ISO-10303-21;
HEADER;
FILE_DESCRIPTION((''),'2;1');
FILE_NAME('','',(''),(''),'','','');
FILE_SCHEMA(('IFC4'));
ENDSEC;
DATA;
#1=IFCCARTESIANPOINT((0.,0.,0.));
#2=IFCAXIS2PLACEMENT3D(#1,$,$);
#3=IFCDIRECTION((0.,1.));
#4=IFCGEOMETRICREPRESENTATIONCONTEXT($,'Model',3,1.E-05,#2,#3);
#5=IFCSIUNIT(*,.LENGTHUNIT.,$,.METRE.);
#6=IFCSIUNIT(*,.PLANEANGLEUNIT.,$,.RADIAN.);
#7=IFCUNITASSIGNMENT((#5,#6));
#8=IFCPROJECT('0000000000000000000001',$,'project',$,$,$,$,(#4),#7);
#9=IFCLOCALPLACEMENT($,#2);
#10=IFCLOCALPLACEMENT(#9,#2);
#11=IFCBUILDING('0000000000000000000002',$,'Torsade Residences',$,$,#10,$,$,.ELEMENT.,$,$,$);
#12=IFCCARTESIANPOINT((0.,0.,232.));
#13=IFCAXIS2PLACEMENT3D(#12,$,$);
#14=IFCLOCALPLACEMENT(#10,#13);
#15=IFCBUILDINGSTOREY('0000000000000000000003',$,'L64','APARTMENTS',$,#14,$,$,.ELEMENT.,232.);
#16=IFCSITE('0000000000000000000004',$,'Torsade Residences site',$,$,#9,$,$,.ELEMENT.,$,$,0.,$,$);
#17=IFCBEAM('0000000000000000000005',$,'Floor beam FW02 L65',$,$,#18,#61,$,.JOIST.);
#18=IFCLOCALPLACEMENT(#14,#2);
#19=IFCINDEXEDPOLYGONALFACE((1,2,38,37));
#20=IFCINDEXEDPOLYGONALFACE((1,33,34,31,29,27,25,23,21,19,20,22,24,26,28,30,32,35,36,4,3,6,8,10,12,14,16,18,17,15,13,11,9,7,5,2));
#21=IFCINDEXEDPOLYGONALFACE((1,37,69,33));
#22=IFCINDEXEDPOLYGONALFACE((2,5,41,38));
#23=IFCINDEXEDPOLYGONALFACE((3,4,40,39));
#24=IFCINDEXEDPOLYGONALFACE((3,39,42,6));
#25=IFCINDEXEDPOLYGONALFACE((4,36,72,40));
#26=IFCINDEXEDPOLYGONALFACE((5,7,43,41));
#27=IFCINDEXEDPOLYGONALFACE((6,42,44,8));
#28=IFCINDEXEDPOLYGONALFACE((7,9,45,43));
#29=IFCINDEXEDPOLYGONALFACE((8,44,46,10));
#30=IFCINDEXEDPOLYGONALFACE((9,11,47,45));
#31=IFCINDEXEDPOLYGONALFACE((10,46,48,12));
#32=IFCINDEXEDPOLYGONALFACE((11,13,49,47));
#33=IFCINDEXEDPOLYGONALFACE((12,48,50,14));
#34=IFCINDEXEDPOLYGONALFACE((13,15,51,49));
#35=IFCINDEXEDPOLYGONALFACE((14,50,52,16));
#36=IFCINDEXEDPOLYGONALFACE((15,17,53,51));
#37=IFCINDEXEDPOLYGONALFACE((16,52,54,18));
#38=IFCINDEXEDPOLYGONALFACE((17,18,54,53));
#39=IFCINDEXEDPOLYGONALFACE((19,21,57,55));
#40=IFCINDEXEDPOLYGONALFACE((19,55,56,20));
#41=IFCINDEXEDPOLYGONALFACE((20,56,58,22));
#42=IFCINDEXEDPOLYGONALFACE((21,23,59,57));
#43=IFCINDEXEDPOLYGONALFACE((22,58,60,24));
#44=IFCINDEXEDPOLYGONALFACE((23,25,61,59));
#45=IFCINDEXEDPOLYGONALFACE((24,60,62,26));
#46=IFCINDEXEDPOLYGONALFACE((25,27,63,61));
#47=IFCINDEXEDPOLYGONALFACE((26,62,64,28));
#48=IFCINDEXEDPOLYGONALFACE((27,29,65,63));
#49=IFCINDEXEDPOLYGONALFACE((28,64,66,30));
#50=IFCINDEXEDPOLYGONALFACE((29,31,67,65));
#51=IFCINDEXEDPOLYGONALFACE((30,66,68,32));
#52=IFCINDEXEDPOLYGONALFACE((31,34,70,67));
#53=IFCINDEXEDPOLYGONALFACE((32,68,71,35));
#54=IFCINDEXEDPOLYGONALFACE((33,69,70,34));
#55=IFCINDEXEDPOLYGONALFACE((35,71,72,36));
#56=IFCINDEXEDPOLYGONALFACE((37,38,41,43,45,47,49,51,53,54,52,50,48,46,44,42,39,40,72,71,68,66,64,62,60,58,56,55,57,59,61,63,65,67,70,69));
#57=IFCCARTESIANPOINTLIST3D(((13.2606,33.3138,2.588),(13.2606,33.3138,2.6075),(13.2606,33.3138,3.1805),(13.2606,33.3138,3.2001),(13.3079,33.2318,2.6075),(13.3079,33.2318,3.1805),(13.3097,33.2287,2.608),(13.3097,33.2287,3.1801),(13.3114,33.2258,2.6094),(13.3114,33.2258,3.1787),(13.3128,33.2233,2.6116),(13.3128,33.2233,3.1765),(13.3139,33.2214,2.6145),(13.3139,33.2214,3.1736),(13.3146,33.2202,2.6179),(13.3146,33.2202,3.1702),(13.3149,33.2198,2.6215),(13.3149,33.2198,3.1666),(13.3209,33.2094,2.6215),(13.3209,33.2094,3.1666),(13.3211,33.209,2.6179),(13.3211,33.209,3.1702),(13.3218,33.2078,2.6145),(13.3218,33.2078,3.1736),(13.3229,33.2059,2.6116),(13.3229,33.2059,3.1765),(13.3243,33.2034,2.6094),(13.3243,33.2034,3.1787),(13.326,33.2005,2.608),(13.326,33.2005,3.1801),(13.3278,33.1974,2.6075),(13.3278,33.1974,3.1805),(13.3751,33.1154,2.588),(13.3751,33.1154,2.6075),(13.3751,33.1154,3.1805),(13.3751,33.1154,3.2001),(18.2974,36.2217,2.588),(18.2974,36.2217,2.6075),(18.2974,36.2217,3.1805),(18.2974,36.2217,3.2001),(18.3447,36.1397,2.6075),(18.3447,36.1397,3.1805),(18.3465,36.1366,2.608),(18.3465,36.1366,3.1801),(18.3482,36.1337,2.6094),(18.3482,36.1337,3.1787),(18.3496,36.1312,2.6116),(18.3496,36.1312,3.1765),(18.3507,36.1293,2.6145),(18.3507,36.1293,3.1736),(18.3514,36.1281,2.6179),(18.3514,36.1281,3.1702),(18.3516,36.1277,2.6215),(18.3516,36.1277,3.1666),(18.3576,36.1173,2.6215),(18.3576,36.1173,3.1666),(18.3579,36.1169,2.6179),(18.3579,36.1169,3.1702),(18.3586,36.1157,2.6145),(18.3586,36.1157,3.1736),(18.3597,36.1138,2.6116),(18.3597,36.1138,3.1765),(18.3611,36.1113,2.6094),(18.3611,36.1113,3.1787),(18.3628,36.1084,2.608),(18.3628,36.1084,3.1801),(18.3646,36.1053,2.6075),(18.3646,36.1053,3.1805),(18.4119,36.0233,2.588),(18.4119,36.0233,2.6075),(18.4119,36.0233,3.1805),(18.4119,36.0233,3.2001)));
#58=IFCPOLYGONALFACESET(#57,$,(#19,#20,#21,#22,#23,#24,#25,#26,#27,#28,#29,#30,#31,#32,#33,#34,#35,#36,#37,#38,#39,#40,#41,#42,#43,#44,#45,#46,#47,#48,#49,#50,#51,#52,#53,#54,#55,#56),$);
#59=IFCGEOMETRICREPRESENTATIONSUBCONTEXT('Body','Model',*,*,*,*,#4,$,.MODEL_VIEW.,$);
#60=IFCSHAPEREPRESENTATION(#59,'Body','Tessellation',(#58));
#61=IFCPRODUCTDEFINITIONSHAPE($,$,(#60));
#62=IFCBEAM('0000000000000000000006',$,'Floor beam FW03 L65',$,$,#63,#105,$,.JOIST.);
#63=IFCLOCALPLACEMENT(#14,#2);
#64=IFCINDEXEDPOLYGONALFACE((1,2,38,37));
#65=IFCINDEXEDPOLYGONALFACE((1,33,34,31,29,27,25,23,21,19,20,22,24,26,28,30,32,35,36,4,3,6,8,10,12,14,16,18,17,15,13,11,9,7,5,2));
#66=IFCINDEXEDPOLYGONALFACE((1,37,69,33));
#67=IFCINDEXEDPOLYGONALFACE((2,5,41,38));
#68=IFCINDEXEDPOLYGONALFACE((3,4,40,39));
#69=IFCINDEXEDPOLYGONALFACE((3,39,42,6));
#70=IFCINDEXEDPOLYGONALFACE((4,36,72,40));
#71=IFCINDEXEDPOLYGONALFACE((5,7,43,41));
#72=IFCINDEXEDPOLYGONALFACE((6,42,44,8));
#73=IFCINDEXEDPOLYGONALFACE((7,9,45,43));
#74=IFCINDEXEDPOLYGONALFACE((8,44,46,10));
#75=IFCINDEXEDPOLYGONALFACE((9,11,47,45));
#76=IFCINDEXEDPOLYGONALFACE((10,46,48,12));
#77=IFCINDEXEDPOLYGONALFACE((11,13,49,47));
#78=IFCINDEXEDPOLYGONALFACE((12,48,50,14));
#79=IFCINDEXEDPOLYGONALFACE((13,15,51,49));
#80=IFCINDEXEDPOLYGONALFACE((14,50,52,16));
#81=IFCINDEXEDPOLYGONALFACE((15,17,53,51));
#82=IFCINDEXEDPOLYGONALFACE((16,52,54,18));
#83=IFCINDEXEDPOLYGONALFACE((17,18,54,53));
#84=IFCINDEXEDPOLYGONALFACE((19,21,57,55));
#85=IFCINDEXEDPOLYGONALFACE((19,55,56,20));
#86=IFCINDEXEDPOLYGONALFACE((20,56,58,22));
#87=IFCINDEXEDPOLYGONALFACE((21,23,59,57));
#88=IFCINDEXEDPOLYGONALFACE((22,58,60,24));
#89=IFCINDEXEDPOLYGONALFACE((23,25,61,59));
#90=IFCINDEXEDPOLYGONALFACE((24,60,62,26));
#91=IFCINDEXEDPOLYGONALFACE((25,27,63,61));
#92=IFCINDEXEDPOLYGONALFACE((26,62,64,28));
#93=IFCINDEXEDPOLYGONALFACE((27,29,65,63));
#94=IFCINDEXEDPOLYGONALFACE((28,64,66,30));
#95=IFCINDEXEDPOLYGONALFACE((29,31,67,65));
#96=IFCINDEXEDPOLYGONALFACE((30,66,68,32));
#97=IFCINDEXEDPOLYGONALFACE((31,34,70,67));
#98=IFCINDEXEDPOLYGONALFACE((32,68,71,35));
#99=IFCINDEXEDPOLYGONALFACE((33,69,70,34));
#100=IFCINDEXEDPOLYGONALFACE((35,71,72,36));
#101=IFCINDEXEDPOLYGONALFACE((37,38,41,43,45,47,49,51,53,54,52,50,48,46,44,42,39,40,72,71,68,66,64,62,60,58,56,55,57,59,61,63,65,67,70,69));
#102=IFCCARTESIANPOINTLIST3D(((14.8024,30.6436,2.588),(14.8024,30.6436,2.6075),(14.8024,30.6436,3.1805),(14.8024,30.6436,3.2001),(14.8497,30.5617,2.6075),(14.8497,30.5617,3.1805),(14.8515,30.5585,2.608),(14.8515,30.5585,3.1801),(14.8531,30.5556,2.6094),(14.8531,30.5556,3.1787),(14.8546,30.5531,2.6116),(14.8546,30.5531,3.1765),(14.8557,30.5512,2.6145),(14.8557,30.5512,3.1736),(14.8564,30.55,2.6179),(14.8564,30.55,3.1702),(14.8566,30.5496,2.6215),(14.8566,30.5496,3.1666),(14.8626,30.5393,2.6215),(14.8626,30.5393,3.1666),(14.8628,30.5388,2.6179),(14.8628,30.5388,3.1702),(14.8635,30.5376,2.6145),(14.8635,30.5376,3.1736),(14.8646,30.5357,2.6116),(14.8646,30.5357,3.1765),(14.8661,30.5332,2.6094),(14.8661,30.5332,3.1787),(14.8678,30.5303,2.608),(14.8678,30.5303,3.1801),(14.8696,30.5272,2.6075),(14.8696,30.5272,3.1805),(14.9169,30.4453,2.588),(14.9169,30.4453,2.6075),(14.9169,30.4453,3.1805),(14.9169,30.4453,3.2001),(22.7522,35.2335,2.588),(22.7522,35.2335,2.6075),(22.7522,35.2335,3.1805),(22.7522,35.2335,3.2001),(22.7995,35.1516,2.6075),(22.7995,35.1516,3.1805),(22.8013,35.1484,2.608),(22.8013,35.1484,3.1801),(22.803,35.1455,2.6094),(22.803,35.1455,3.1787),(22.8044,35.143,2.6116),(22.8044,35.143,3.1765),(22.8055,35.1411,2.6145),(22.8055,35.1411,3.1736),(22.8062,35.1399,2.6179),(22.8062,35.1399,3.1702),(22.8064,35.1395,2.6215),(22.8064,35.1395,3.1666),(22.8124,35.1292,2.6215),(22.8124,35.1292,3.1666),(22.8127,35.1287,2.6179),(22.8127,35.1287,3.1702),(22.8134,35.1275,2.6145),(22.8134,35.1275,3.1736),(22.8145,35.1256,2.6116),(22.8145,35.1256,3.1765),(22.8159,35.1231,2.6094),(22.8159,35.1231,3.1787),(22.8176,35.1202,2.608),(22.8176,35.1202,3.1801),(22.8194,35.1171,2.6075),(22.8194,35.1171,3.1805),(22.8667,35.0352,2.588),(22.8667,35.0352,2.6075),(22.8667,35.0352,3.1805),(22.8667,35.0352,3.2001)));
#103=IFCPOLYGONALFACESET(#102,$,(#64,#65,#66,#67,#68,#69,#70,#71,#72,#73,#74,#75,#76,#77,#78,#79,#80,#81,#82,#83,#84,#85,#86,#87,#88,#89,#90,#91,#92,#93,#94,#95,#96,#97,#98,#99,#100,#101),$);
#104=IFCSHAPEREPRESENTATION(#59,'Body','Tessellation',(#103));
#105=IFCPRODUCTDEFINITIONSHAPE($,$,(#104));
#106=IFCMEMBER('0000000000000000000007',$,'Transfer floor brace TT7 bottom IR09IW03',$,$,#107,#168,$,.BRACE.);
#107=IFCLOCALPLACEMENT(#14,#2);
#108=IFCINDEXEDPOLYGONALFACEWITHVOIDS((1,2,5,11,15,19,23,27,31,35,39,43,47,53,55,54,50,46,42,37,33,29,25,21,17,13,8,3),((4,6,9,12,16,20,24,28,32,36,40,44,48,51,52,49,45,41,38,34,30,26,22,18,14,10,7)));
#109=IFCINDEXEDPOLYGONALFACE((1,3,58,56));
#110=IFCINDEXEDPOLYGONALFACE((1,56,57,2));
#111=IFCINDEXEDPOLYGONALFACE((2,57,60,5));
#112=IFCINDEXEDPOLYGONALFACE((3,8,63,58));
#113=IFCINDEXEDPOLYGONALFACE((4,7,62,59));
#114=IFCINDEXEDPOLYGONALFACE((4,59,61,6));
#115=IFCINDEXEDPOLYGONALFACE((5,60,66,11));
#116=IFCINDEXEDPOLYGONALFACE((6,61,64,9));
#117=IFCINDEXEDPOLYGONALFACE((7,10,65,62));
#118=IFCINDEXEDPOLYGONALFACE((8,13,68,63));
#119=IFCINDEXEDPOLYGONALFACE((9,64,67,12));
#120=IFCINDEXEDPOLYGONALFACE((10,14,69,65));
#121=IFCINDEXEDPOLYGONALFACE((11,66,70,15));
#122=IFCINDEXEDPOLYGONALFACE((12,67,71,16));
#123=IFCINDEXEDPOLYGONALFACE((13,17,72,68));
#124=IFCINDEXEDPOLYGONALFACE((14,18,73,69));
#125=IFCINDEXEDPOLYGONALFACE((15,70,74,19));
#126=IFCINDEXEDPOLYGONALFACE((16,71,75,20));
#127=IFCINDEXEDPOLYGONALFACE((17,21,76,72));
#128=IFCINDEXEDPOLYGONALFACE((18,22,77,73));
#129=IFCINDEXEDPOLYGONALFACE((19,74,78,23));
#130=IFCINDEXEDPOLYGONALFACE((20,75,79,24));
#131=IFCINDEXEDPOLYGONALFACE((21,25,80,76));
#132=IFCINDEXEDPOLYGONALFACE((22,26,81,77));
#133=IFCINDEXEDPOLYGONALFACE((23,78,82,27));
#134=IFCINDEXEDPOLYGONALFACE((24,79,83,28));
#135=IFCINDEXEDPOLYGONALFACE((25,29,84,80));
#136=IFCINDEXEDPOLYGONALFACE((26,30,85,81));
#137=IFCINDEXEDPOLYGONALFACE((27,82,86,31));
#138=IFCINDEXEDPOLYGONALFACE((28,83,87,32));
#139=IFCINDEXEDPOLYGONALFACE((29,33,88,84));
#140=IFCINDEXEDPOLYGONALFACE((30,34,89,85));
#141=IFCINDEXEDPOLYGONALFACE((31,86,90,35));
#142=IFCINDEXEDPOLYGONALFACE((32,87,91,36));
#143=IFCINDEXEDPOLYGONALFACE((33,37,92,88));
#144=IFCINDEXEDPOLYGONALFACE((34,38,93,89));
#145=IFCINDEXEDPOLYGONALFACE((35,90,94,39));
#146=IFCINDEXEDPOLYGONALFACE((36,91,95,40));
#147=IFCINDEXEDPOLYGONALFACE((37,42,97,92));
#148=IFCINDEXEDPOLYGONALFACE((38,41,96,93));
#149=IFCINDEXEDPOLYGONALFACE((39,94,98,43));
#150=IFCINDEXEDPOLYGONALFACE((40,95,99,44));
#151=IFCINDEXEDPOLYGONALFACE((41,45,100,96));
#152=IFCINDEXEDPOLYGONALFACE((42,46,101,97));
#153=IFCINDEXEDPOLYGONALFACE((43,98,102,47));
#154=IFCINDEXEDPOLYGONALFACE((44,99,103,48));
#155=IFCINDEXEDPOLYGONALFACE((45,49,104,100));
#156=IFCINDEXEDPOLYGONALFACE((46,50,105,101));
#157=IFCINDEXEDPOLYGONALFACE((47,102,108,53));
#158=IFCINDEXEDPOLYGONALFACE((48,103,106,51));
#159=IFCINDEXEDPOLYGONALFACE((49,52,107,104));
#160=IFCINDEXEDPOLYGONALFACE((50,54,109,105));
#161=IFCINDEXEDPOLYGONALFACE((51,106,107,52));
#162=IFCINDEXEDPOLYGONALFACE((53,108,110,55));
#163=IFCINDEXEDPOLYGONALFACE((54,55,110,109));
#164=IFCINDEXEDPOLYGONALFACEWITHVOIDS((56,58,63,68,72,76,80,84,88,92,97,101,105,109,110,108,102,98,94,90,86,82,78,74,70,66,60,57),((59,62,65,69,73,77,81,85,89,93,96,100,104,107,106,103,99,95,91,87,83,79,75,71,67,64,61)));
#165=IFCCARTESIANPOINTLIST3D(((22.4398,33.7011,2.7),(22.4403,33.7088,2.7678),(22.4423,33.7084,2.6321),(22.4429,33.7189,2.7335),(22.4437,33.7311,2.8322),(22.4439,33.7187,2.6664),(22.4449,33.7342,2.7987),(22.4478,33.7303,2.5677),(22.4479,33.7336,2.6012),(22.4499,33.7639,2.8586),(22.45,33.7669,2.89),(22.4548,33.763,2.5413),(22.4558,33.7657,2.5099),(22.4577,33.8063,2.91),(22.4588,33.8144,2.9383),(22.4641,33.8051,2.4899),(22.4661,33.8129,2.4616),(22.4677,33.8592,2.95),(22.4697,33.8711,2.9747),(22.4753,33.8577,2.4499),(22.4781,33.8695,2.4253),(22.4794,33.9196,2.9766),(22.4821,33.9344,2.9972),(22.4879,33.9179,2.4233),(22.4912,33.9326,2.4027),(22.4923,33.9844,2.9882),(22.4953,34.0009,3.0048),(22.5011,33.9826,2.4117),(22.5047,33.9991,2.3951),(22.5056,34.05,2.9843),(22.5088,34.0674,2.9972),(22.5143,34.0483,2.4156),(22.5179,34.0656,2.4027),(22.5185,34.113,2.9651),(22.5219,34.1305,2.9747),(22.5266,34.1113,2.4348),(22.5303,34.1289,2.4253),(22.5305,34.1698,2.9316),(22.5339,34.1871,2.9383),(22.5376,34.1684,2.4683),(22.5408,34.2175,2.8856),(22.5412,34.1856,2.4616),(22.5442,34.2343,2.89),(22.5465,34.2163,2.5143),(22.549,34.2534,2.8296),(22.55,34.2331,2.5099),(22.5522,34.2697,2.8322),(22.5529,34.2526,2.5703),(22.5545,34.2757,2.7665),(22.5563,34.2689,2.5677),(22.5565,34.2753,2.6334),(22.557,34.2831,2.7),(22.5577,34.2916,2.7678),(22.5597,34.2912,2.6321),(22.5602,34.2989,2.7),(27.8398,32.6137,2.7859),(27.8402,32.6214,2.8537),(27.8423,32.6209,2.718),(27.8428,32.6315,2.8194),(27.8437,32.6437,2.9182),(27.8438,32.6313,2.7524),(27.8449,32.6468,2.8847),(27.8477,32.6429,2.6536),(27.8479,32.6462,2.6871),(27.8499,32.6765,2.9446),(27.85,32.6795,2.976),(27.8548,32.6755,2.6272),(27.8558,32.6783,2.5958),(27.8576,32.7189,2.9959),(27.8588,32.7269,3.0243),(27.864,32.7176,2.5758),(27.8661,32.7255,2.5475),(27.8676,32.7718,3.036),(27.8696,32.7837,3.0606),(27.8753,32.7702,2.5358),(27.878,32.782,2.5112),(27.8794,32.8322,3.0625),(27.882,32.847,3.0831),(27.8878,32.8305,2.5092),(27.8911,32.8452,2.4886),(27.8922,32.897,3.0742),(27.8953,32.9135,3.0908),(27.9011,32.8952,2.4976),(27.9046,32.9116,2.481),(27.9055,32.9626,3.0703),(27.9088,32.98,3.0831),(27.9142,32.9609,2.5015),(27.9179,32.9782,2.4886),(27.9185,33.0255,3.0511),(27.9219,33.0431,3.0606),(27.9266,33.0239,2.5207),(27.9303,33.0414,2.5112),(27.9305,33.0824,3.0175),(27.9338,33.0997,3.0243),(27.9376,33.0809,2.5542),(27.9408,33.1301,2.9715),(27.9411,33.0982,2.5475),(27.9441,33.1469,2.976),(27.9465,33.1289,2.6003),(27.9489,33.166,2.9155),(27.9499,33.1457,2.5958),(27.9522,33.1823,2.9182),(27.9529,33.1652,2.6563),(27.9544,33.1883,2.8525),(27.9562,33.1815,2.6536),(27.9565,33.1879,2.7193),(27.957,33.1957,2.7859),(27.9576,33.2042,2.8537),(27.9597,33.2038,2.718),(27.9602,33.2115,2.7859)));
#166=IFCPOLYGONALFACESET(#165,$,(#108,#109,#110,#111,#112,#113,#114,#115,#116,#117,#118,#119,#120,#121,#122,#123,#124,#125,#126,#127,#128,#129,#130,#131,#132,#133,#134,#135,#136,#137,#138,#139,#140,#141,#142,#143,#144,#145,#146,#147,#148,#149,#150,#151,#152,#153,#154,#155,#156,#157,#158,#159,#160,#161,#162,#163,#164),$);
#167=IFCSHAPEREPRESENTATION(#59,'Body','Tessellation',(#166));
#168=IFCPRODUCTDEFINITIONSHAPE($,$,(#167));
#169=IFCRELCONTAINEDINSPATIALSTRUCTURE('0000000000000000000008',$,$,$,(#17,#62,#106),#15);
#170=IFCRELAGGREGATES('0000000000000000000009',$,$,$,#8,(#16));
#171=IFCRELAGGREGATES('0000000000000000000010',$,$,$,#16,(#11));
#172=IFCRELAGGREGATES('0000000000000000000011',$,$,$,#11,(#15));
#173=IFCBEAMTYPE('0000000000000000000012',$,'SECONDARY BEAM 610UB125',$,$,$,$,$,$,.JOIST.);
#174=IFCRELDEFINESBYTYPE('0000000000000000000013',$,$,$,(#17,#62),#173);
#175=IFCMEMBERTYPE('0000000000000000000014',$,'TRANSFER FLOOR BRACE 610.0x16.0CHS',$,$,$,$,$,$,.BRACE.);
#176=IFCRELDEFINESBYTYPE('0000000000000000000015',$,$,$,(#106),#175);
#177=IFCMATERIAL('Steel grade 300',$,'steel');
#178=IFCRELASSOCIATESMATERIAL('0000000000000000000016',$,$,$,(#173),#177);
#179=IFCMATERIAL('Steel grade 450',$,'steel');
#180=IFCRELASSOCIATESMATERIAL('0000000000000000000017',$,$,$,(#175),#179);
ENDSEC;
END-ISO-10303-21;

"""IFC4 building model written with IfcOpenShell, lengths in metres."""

from ifc_helpers import new_model, si_unit, direction, frame, origin, origin_2d, place, context, subcontext, project, spatial, hollow_circle, i_section, extrude, material, material_profile, profile_set, type_object, element, save


model = new_model("IFC4")

# Units and contexts
model_context = context("Model", 3, precision=1e-05, world=origin(), true_north=direction((0.0, 1.0)))
body_context = subcontext(model_context, "Body", "Model", "MODEL_VIEW")
ifc_project = project(units=[si_unit("LENGTHUNIT", "METRE"), si_unit("PLANEANGLEUNIT", "RADIAN")], contexts=[model_context])

# Site, building, storey
site_placement = place(None, origin())
site = spatial("IfcSite", under=ifc_project, at=site_placement, Name="Torsade Residences site", CompositionType="ELEMENT", RefElevation=0.0)
building_placement = place(site_placement, origin())
building = spatial("IfcBuilding", under=site, at=building_placement, Name="Torsade Residences", CompositionType="ELEMENT")
storey_placement = place(building_placement, frame((0.0, 0.0, 232.0)))
storey = spatial("IfcBuildingStorey", under=building, at=storey_placement, Name="L64", Description="APARTMENTS", CompositionType="ELEMENT", Elevation=232.0)

# Beams
ifc_material_1 = material(Name="Steel grade 300", Category="steel")
ifc_material_profile_1 = material_profile(ifc_material_1, i_section(OverallWidth=0.229, OverallDepth=0.6121, WebThickness=0.012, FlangeThickness=0.0195, FilletRadius=0.0139, at=origin_2d()), Name="610UB125")
ifc_profile_set_1 = profile_set([ifc_material_profile_1], Name="Steel grade 300")
beam_type_1 = type_object("IfcBeamType", Name="SECONDARY BEAM 610UB125", PredefinedType="JOIST", material=ifc_profile_set_1)
beam_1_placement = place(storey_placement, frame((13.3179, 33.2146, 2.894), z_axis=(0.866031, 0.49999, 0.0), x_axis=(-0.49999, 0.866031, 0.0)))
element("IfcBeam", 1, at=beam_1_placement, inside=storey, type_object=beam_type_1, Name="Floor beam FW02 L65", PredefinedType="JOIST", context=body_context, shape_type="SweptSolid", body=[
    extrude(i_section(OverallWidth=0.229, OverallDepth=0.6121, WebThickness=0.012, FlangeThickness=0.0195, FilletRadius=0.0139, at=origin_2d()), origin(), (0.0, 0.0, 1.0), 5.8159),
])
beam_2_placement = place(storey_placement, frame((14.8596, 30.5444, 2.894), z_axis=(0.866022, 0.500006, 0.0), x_axis=(-0.500006, 0.866022, 0.0)))
element("IfcBeam", 2, at=beam_2_placement, inside=storey, type_object=beam_type_1, Name="Floor beam FW03 L65", PredefinedType="JOIST", context=body_context, shape_type="SweptSolid", body=[
    extrude(i_section(OverallWidth=0.229, OverallDepth=0.6121, WebThickness=0.012, FlangeThickness=0.0195, FilletRadius=0.0139, at=origin_2d()), origin(), (0.0, 0.0, 1.0), 9.1797),
])

# Member
ifc_material_2 = material(Name="Steel grade 450", Category="steel")
ifc_material_profile_2 = material_profile(ifc_material_2, hollow_circle(Radius=0.3049, WallThickness=0.0161, at=origin_2d()), Name="610.0x16.0CHS")
ifc_profile_set_2 = profile_set([ifc_material_profile_2], Name="Steel grade 450")
member_type_1 = type_object("IfcMemberType", Name="TRANSFER FLOOR BRACE 610.0x16.0CHS", PredefinedType="BRACE", material=ifc_profile_set_2)
member_1_placement = place(storey_placement, frame((22.5, 34.0, 2.7), z_axis=(0.980201, -0.197388, 0.0156), x_axis=(0.197412, 0.980321, 0.0)))
element("IfcMember", 3, at=member_1_placement, inside=storey, type_object=member_type_1, Name="Transfer floor brace TT7 bottom IR09IW03", PredefinedType="BRACE", context=body_context, shape_type="SweptSolid", body=[
    extrude(hollow_circle(Radius=0.3049, WallThickness=0.0161, at=origin_2d()), origin(), (0.0, 0.0, 1.0), 5.509),
])

save(model, "model.ifc")
